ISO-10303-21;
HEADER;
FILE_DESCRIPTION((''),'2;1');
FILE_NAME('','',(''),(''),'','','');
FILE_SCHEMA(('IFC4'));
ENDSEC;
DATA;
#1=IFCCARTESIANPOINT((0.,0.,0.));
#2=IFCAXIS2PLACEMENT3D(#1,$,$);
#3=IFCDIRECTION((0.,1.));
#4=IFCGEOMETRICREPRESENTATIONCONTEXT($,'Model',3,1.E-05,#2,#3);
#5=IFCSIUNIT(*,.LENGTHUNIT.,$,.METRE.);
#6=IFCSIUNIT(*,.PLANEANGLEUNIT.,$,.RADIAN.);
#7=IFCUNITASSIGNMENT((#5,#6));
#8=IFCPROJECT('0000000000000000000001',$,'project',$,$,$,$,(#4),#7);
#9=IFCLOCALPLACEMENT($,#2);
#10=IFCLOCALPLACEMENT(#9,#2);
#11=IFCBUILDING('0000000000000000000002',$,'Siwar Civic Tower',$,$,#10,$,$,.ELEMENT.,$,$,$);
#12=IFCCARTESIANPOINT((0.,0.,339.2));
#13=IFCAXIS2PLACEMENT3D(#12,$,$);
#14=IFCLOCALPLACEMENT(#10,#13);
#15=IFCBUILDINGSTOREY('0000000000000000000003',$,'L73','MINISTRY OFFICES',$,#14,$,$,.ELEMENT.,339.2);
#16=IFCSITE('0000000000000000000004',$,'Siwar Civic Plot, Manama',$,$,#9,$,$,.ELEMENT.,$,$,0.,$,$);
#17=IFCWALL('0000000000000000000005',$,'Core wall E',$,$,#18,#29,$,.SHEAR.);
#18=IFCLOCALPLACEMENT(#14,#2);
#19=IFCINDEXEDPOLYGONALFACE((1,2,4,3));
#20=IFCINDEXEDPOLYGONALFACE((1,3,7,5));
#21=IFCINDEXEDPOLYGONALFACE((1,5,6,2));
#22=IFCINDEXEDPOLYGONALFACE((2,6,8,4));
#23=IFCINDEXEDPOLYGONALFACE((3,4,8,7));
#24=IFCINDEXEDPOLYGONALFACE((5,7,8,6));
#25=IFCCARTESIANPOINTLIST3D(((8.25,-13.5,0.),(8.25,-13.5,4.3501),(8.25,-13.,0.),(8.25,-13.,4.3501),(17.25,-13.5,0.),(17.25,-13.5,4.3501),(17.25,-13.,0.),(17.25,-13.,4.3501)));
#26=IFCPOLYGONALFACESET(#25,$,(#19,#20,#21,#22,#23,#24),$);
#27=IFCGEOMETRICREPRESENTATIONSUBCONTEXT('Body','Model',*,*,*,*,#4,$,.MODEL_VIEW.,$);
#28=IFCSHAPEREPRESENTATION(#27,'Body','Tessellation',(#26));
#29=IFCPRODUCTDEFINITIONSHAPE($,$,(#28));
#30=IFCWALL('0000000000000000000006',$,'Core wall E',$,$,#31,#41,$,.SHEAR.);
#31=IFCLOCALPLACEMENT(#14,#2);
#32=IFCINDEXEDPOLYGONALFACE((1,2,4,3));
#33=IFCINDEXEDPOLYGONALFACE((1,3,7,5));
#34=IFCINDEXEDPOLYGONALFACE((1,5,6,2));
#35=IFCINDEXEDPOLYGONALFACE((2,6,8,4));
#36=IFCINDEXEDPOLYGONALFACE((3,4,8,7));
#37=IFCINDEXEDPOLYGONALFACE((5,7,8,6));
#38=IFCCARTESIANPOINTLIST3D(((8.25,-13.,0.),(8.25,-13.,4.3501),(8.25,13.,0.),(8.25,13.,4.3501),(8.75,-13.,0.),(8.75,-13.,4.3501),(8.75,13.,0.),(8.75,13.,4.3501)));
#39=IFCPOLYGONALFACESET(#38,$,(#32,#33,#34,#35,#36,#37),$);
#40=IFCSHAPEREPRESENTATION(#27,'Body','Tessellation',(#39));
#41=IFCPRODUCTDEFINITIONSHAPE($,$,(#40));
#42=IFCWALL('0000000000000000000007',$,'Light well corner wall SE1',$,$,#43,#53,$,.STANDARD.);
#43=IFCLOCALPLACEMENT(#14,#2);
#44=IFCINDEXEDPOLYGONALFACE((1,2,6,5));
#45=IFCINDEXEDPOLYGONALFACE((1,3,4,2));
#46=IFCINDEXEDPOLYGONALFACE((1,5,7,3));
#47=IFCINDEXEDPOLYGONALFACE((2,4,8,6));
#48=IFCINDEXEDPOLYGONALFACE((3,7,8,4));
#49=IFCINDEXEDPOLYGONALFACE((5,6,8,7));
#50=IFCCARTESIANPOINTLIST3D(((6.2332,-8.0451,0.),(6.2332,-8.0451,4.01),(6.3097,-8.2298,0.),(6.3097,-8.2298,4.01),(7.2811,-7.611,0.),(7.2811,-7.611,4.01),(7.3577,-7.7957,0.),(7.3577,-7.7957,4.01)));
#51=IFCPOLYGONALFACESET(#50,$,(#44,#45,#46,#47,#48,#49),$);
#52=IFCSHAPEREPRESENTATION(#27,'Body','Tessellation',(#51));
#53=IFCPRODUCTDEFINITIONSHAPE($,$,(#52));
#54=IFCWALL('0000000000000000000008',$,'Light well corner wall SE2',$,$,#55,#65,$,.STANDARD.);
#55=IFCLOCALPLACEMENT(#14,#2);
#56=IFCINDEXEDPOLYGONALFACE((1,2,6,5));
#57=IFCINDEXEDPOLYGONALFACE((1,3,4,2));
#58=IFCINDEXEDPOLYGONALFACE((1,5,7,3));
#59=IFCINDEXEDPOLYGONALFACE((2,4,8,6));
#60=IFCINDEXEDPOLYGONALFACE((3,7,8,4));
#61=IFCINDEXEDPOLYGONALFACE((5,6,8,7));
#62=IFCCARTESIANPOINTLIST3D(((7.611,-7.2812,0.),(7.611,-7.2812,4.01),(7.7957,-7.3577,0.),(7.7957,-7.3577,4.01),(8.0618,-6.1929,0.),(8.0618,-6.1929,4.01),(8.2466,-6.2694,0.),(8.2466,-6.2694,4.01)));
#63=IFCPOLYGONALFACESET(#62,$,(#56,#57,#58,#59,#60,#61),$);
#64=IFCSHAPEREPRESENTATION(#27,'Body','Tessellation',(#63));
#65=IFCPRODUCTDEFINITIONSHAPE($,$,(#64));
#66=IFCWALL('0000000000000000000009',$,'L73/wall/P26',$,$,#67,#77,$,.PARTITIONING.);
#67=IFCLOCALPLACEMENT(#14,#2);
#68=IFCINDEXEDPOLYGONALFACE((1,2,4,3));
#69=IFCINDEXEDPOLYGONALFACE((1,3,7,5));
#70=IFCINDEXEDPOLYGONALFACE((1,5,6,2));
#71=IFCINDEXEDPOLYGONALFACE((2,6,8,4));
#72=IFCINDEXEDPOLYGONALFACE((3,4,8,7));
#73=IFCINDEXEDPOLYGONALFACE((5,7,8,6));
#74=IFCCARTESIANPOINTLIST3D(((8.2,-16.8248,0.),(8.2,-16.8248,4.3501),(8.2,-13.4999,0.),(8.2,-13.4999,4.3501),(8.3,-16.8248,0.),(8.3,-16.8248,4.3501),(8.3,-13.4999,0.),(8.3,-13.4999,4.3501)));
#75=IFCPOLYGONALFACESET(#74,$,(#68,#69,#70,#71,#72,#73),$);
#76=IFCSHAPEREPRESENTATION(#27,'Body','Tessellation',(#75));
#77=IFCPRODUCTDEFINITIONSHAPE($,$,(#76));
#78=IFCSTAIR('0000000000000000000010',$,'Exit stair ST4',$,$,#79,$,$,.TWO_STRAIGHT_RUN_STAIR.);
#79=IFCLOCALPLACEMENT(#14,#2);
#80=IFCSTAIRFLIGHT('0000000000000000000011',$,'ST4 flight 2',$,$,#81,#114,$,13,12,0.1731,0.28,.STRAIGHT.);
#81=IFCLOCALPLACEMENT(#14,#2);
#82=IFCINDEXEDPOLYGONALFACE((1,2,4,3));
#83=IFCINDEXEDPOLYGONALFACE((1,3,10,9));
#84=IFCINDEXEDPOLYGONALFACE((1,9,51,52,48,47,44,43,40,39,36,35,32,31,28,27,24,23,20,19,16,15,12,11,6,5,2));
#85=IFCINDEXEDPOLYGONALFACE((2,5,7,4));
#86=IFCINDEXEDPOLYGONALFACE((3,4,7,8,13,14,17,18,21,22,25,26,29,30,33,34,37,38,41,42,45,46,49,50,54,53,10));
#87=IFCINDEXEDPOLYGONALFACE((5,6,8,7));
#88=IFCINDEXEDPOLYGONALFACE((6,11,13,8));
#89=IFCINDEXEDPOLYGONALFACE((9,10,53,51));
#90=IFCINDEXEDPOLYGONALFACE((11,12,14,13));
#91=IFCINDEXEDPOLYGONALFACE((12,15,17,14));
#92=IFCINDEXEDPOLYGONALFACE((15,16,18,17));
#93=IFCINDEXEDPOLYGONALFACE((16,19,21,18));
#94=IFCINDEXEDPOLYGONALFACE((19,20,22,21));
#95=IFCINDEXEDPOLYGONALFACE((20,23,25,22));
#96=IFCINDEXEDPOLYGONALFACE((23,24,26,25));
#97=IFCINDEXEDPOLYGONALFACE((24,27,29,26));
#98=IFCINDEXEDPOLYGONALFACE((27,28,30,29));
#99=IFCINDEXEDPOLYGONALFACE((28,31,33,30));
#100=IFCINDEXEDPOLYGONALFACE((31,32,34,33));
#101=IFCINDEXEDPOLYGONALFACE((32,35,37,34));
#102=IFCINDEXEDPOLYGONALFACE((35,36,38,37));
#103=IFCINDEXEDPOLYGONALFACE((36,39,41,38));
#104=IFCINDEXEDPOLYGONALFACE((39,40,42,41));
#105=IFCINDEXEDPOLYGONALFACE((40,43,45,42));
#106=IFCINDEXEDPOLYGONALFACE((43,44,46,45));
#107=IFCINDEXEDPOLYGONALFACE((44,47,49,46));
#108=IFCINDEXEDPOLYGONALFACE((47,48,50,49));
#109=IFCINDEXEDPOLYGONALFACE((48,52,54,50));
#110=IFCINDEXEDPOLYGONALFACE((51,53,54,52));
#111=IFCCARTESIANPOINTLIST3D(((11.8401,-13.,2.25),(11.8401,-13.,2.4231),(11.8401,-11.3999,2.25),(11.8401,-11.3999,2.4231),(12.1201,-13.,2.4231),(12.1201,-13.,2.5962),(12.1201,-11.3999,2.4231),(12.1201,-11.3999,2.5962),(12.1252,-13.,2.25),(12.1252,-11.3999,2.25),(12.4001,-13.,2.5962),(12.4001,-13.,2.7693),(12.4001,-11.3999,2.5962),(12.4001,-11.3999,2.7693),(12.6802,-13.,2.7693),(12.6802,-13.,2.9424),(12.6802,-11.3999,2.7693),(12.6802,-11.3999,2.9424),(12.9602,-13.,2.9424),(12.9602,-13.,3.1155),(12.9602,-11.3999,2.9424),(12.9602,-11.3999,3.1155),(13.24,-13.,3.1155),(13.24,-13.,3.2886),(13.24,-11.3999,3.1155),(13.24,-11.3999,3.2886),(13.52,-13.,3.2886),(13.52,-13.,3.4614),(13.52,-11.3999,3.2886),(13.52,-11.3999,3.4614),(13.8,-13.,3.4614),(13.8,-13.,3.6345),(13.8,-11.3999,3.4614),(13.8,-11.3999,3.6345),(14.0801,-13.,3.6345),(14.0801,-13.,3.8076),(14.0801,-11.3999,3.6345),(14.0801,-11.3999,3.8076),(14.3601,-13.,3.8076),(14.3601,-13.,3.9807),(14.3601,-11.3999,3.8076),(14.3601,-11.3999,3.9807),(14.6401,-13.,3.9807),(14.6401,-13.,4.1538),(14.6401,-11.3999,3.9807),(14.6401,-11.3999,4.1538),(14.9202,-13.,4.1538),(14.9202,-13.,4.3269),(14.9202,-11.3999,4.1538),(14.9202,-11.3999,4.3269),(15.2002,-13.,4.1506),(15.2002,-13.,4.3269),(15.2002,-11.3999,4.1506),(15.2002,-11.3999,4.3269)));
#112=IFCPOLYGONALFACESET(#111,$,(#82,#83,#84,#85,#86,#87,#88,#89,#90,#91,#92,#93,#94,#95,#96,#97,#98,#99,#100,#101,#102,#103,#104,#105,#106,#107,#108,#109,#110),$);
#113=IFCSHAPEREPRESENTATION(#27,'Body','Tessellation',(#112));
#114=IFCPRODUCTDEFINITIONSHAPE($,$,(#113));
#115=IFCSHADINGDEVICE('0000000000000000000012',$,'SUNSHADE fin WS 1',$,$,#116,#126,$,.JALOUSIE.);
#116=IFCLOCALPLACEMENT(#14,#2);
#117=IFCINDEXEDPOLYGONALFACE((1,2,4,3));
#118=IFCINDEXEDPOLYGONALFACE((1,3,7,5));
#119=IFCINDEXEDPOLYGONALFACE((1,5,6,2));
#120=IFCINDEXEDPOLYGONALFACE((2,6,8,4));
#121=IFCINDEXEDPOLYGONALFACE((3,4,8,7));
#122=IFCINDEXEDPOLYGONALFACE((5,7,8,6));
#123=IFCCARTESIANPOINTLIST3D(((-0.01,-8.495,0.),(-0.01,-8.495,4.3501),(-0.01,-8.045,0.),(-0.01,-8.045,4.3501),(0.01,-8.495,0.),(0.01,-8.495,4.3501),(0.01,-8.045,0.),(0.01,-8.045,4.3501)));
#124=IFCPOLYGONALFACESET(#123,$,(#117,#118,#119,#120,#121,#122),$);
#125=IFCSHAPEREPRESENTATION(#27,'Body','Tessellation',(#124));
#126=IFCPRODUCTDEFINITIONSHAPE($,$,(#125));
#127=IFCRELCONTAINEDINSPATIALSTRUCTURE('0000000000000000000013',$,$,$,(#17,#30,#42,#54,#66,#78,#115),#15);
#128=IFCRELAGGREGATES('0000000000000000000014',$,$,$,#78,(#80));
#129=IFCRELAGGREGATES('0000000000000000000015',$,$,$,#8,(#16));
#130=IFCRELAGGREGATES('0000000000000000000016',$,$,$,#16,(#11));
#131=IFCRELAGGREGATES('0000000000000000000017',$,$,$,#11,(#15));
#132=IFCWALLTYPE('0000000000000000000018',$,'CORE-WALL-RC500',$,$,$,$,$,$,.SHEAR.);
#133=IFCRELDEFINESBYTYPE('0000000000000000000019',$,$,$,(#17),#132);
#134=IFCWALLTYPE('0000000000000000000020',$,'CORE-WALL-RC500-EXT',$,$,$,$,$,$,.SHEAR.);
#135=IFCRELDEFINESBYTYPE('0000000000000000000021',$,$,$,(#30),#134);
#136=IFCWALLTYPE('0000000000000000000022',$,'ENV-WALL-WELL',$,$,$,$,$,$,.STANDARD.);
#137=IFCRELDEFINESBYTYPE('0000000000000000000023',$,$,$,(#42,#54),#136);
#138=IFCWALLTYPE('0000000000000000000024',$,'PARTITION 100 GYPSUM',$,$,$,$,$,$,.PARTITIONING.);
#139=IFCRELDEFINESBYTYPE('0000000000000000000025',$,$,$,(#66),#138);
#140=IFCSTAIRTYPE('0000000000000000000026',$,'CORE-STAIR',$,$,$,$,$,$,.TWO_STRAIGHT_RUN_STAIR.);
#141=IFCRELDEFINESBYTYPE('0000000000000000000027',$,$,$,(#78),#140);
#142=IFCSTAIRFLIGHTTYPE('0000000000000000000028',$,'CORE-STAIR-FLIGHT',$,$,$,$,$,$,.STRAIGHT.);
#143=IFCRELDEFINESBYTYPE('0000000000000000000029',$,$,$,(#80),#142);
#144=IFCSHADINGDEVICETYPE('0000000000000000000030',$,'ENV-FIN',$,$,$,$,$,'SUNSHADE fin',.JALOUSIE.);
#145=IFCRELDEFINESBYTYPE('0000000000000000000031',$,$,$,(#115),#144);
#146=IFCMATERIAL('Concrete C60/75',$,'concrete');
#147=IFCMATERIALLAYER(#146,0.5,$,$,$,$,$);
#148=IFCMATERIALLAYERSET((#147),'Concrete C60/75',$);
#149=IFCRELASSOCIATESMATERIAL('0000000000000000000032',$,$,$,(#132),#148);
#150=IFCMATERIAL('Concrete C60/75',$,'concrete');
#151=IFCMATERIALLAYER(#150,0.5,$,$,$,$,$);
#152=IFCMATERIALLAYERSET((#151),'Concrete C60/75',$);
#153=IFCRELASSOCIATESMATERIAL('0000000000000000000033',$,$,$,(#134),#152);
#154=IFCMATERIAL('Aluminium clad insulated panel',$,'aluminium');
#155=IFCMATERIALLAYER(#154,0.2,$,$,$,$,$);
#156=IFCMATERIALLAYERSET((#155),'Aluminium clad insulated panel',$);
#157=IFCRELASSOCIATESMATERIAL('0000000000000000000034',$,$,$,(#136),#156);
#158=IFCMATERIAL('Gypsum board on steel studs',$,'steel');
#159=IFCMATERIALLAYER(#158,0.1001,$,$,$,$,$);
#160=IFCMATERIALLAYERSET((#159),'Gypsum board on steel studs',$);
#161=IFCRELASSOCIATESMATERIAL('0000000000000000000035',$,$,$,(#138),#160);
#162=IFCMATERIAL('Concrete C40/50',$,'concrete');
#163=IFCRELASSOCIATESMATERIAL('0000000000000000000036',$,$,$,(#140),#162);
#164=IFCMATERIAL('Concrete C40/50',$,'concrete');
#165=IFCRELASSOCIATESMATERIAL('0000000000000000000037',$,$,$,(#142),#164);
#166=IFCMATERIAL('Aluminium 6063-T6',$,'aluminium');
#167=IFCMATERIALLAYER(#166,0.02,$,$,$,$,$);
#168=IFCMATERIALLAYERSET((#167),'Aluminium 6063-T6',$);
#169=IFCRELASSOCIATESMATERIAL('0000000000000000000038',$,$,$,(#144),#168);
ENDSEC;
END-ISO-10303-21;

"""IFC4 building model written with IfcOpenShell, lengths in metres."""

from ifc_helpers import new_model, si_unit, direction, frame, frame_2d, origin, origin_2d, place, context, subcontext, project, spatial, polyline, rectangle, outline, extrude, material, layer, layer_set, type_object, element, aggregate, save


model = new_model("IFC4")

# Units and contexts
model_context = context("Model", 3, precision=1e-05, world=origin(), true_north=direction((0.0, 1.0)))
body_context = subcontext(model_context, "Body", "Model", "MODEL_VIEW")
ifc_project = project(units=[si_unit("LENGTHUNIT", "METRE"), si_unit("PLANEANGLEUNIT", "RADIAN")], contexts=[model_context])

# Site, building, storey
site_placement = place(None, origin())
site = spatial("IfcSite", under=ifc_project, at=site_placement, Name="Siwar Civic Plot, Manama", CompositionType="ELEMENT", RefElevation=0.0)
building_placement = place(site_placement, origin())
building = spatial("IfcBuilding", under=site, at=building_placement, Name="Siwar Civic Tower", CompositionType="ELEMENT")
storey_placement = place(building_placement, frame((0.0, 0.0, 339.2)))
storey = spatial("IfcBuildingStorey", under=building, at=storey_placement, Name="L73", Description="MINISTRY OFFICES", CompositionType="ELEMENT", Elevation=339.2)

# Walls
ifc_material_1 = material(Name="Concrete C60/75", Category="concrete")
ifc_layer_1 = layer(ifc_material_1, 0.5)
ifc_layer_set_1 = layer_set([ifc_layer_1], Name="Concrete C60/75")
wall_type_1 = type_object("IfcWallType", Name="CORE-WALL-RC500", PredefinedType="SHEAR", material=ifc_layer_set_1)
wall_1_placement = place(storey_placement, frame((8.25, -13.25, 0.0), z_axis=(0.0, 0.0, 1.0), x_axis=(1.0, 0.0, 0.0)))
element("IfcWall", 1, at=wall_1_placement, inside=storey, type_object=wall_type_1, Name="Core wall E", PredefinedType="SHEAR", context=body_context, shape_type="SweptSolid", body=[
    extrude(rectangle(XDim=9.0, YDim=0.5, at=frame_2d((4.5, 0.0))), origin(), (0.0, 0.0, 1.0), 4.3501),
])
ifc_material_2 = material(Name="Concrete C60/75", Category="concrete")
ifc_layer_2 = layer(ifc_material_2, 0.5)
ifc_layer_set_2 = layer_set([ifc_layer_2], Name="Concrete C60/75")
wall_type_2 = type_object("IfcWallType", Name="CORE-WALL-RC500-EXT", PredefinedType="SHEAR", material=ifc_layer_set_2)
wall_2_placement = place(storey_placement, frame((8.5, -13.0, 0.0), z_axis=(0.0, 0.0, 1.0), x_axis=(0.0, 1.0, 0.0)))
element("IfcWall", 2, at=wall_2_placement, inside=storey, type_object=wall_type_2, Name="Core wall E", PredefinedType="SHEAR", context=body_context, shape_type="SweptSolid", body=[
    extrude(rectangle(XDim=26.0, YDim=0.5, at=frame_2d((13.0, 0.0))), origin(), (0.0, 0.0, 1.0), 4.3501),
])
ifc_material_3 = material(Name="Aluminium clad insulated panel", Category="aluminium")
ifc_layer_3 = layer(ifc_material_3, 0.2)
ifc_layer_set_3 = layer_set([ifc_layer_3], Name="Aluminium clad insulated panel")
wall_type_3 = type_object("IfcWallType", Name="ENV-WALL-WELL", PredefinedType="STANDARD", material=ifc_layer_set_3)
wall_3_placement = place(storey_placement, frame((6.2715, -8.1375, 0.0), z_axis=(0.0, 0.0, 1.0), x_axis=(0.923865, 0.382719, 0.0)))
element("IfcWall", 3, at=wall_3_placement, inside=storey, type_object=wall_type_3, Name="Light well corner wall SE1", PredefinedType="STANDARD", context=body_context, shape_type="SweptSolid", body=[
    extrude(rectangle(XDim=1.1343, YDim=0.2, at=frame_2d((0.5671, 0.0))), origin(), (0.0, 0.0, 1.0), 4.01),
])
wall_4_placement = place(storey_placement, frame((7.7034, -7.3193, 0.0), z_axis=(0.0, 0.0, 1.0), x_axis=(0.382761, 0.923848, 0.0)))
element("IfcWall", 4, at=wall_4_placement, inside=storey, type_object=wall_type_3, Name="Light well corner wall SE2", PredefinedType="STANDARD", context=body_context, shape_type="SweptSolid", body=[
    extrude(rectangle(XDim=1.178, YDim=0.2, at=frame_2d((0.5889, 0.0))), origin(), (0.0, 0.0, 1.0), 4.01),
])
ifc_material_4 = material(Name="Gypsum board on steel studs", Category="steel")
ifc_layer_4 = layer(ifc_material_4, 0.1001)
ifc_layer_set_4 = layer_set([ifc_layer_4], Name="Gypsum board on steel studs")
wall_type_4 = type_object("IfcWallType", Name="PARTITION 100 GYPSUM", PredefinedType="PARTITIONING", material=ifc_layer_set_4)
wall_5_placement = place(storey_placement, frame((8.25, -16.825, 0.0), z_axis=(0.0, 0.0, 1.0), x_axis=(0.0, 1.0, 0.0)))
element("IfcWall", 5, at=wall_5_placement, inside=storey, type_object=wall_type_4, Name="L73/wall/P26", PredefinedType="PARTITIONING", context=body_context, shape_type="SweptSolid", body=[
    extrude(rectangle(XDim=3.325, YDim=0.1001, at=frame_2d((1.6626, 0.0))), origin(), (0.0, 0.0, 1.0), 4.3501),
])

# Stair, stair flight
ifc_material_5 = material(Name="Concrete C40/50", Category="concrete")
stair_type = type_object("IfcStairType", Name="CORE-STAIR", PredefinedType="TWO_STRAIGHT_RUN_STAIR", material=ifc_material_5)
stair_placement = place(storey_placement, origin())
stair = element("IfcStair", 6, at=stair_placement, inside=storey, type_object=stair_type, Name="Exit stair ST4", PredefinedType="TWO_STRAIGHT_RUN_STAIR")
ifc_material_6 = material(Name="Concrete C40/50", Category="concrete")
stair_flight_type = type_object("IfcStairFlightType", Name="CORE-STAIR-FLIGHT", PredefinedType="STRAIGHT", material=ifc_material_6)
stair_flight_placement = place(storey_placement, frame((11.8401, -12.2, 2.25), z_axis=(0.0, 0.0, 1.0), x_axis=(1.0, 0.0, 0.0)))
stair_flight = element("IfcStairFlight", 7, at=stair_flight_placement, type_object=stair_flight_type, Name="ST4 flight 2", NumberOfRisers=13, NumberOfTreads=12, PredefinedType="STRAIGHT", RiserHeight=0.1731, TreadLength=0.28, context=body_context, shape_type="SweptSolid", body=[
    extrude(outline(polyline([(0.0, 0.0), (0.0, 0.1731), (0.28, 0.1731), (0.28, 0.3462), (0.5601, 0.3462), (0.5601, 0.5193), (0.8401, 0.5193), (0.8401, 0.6924), (1.1201, 0.6924), (1.1201, 0.8655), (1.3999, 0.8655), (1.3999, 1.0386), (1.6799, 1.0386), (1.6799, 1.2114), (1.96, 1.2114), (1.96, 1.3845), (2.24, 1.3845), (2.24, 1.5576), (2.52, 1.5576), (2.52, 1.7307), (2.8, 1.7307), (2.8, 1.9038), (3.0801, 1.9038), (3.0801, 2.0769), (3.3601, 2.0769), (3.3601, 2.25), (3.3601, 1.9006), (0.2852, 0.0), (0.0, 0.0)])), frame((0.0, 0.8, 0.0), z_axis=(0.0, -1.0, 0.0), x_axis=(1.0, 0.0, 0.0)), (0.0, 0.0, 1.0), 1.6001),
])
aggregate(stair, [stair_flight])

# Shading device
ifc_material_7 = material(Name="Aluminium 6063-T6", Category="aluminium")
ifc_layer_5 = layer(ifc_material_7, 0.02)
ifc_layer_set_5 = layer_set([ifc_layer_5], Name="Aluminium 6063-T6")
shading_device_type = type_object("IfcShadingDeviceType", Name="ENV-FIN", ElementType="SUNSHADE fin", PredefinedType="JALOUSIE", material=ifc_layer_set_5)
shading_device_placement = place(storey_placement, frame((0.0, -8.27, 0.0), z_axis=(0.0, 0.0, 1.0), x_axis=(1.0, 0.0, 0.0)))
element("IfcShadingDevice", 8, at=shading_device_placement, inside=storey, type_object=shading_device_type, Name="SUNSHADE fin WS 1", PredefinedType="JALOUSIE", context=body_context, shape_type="SweptSolid", body=[
    extrude(rectangle(XDim=0.02, YDim=0.45, at=origin_2d()), origin(), (0.0, 0.0, 1.0), 4.3501),
])

save(model, "model.ifc")
